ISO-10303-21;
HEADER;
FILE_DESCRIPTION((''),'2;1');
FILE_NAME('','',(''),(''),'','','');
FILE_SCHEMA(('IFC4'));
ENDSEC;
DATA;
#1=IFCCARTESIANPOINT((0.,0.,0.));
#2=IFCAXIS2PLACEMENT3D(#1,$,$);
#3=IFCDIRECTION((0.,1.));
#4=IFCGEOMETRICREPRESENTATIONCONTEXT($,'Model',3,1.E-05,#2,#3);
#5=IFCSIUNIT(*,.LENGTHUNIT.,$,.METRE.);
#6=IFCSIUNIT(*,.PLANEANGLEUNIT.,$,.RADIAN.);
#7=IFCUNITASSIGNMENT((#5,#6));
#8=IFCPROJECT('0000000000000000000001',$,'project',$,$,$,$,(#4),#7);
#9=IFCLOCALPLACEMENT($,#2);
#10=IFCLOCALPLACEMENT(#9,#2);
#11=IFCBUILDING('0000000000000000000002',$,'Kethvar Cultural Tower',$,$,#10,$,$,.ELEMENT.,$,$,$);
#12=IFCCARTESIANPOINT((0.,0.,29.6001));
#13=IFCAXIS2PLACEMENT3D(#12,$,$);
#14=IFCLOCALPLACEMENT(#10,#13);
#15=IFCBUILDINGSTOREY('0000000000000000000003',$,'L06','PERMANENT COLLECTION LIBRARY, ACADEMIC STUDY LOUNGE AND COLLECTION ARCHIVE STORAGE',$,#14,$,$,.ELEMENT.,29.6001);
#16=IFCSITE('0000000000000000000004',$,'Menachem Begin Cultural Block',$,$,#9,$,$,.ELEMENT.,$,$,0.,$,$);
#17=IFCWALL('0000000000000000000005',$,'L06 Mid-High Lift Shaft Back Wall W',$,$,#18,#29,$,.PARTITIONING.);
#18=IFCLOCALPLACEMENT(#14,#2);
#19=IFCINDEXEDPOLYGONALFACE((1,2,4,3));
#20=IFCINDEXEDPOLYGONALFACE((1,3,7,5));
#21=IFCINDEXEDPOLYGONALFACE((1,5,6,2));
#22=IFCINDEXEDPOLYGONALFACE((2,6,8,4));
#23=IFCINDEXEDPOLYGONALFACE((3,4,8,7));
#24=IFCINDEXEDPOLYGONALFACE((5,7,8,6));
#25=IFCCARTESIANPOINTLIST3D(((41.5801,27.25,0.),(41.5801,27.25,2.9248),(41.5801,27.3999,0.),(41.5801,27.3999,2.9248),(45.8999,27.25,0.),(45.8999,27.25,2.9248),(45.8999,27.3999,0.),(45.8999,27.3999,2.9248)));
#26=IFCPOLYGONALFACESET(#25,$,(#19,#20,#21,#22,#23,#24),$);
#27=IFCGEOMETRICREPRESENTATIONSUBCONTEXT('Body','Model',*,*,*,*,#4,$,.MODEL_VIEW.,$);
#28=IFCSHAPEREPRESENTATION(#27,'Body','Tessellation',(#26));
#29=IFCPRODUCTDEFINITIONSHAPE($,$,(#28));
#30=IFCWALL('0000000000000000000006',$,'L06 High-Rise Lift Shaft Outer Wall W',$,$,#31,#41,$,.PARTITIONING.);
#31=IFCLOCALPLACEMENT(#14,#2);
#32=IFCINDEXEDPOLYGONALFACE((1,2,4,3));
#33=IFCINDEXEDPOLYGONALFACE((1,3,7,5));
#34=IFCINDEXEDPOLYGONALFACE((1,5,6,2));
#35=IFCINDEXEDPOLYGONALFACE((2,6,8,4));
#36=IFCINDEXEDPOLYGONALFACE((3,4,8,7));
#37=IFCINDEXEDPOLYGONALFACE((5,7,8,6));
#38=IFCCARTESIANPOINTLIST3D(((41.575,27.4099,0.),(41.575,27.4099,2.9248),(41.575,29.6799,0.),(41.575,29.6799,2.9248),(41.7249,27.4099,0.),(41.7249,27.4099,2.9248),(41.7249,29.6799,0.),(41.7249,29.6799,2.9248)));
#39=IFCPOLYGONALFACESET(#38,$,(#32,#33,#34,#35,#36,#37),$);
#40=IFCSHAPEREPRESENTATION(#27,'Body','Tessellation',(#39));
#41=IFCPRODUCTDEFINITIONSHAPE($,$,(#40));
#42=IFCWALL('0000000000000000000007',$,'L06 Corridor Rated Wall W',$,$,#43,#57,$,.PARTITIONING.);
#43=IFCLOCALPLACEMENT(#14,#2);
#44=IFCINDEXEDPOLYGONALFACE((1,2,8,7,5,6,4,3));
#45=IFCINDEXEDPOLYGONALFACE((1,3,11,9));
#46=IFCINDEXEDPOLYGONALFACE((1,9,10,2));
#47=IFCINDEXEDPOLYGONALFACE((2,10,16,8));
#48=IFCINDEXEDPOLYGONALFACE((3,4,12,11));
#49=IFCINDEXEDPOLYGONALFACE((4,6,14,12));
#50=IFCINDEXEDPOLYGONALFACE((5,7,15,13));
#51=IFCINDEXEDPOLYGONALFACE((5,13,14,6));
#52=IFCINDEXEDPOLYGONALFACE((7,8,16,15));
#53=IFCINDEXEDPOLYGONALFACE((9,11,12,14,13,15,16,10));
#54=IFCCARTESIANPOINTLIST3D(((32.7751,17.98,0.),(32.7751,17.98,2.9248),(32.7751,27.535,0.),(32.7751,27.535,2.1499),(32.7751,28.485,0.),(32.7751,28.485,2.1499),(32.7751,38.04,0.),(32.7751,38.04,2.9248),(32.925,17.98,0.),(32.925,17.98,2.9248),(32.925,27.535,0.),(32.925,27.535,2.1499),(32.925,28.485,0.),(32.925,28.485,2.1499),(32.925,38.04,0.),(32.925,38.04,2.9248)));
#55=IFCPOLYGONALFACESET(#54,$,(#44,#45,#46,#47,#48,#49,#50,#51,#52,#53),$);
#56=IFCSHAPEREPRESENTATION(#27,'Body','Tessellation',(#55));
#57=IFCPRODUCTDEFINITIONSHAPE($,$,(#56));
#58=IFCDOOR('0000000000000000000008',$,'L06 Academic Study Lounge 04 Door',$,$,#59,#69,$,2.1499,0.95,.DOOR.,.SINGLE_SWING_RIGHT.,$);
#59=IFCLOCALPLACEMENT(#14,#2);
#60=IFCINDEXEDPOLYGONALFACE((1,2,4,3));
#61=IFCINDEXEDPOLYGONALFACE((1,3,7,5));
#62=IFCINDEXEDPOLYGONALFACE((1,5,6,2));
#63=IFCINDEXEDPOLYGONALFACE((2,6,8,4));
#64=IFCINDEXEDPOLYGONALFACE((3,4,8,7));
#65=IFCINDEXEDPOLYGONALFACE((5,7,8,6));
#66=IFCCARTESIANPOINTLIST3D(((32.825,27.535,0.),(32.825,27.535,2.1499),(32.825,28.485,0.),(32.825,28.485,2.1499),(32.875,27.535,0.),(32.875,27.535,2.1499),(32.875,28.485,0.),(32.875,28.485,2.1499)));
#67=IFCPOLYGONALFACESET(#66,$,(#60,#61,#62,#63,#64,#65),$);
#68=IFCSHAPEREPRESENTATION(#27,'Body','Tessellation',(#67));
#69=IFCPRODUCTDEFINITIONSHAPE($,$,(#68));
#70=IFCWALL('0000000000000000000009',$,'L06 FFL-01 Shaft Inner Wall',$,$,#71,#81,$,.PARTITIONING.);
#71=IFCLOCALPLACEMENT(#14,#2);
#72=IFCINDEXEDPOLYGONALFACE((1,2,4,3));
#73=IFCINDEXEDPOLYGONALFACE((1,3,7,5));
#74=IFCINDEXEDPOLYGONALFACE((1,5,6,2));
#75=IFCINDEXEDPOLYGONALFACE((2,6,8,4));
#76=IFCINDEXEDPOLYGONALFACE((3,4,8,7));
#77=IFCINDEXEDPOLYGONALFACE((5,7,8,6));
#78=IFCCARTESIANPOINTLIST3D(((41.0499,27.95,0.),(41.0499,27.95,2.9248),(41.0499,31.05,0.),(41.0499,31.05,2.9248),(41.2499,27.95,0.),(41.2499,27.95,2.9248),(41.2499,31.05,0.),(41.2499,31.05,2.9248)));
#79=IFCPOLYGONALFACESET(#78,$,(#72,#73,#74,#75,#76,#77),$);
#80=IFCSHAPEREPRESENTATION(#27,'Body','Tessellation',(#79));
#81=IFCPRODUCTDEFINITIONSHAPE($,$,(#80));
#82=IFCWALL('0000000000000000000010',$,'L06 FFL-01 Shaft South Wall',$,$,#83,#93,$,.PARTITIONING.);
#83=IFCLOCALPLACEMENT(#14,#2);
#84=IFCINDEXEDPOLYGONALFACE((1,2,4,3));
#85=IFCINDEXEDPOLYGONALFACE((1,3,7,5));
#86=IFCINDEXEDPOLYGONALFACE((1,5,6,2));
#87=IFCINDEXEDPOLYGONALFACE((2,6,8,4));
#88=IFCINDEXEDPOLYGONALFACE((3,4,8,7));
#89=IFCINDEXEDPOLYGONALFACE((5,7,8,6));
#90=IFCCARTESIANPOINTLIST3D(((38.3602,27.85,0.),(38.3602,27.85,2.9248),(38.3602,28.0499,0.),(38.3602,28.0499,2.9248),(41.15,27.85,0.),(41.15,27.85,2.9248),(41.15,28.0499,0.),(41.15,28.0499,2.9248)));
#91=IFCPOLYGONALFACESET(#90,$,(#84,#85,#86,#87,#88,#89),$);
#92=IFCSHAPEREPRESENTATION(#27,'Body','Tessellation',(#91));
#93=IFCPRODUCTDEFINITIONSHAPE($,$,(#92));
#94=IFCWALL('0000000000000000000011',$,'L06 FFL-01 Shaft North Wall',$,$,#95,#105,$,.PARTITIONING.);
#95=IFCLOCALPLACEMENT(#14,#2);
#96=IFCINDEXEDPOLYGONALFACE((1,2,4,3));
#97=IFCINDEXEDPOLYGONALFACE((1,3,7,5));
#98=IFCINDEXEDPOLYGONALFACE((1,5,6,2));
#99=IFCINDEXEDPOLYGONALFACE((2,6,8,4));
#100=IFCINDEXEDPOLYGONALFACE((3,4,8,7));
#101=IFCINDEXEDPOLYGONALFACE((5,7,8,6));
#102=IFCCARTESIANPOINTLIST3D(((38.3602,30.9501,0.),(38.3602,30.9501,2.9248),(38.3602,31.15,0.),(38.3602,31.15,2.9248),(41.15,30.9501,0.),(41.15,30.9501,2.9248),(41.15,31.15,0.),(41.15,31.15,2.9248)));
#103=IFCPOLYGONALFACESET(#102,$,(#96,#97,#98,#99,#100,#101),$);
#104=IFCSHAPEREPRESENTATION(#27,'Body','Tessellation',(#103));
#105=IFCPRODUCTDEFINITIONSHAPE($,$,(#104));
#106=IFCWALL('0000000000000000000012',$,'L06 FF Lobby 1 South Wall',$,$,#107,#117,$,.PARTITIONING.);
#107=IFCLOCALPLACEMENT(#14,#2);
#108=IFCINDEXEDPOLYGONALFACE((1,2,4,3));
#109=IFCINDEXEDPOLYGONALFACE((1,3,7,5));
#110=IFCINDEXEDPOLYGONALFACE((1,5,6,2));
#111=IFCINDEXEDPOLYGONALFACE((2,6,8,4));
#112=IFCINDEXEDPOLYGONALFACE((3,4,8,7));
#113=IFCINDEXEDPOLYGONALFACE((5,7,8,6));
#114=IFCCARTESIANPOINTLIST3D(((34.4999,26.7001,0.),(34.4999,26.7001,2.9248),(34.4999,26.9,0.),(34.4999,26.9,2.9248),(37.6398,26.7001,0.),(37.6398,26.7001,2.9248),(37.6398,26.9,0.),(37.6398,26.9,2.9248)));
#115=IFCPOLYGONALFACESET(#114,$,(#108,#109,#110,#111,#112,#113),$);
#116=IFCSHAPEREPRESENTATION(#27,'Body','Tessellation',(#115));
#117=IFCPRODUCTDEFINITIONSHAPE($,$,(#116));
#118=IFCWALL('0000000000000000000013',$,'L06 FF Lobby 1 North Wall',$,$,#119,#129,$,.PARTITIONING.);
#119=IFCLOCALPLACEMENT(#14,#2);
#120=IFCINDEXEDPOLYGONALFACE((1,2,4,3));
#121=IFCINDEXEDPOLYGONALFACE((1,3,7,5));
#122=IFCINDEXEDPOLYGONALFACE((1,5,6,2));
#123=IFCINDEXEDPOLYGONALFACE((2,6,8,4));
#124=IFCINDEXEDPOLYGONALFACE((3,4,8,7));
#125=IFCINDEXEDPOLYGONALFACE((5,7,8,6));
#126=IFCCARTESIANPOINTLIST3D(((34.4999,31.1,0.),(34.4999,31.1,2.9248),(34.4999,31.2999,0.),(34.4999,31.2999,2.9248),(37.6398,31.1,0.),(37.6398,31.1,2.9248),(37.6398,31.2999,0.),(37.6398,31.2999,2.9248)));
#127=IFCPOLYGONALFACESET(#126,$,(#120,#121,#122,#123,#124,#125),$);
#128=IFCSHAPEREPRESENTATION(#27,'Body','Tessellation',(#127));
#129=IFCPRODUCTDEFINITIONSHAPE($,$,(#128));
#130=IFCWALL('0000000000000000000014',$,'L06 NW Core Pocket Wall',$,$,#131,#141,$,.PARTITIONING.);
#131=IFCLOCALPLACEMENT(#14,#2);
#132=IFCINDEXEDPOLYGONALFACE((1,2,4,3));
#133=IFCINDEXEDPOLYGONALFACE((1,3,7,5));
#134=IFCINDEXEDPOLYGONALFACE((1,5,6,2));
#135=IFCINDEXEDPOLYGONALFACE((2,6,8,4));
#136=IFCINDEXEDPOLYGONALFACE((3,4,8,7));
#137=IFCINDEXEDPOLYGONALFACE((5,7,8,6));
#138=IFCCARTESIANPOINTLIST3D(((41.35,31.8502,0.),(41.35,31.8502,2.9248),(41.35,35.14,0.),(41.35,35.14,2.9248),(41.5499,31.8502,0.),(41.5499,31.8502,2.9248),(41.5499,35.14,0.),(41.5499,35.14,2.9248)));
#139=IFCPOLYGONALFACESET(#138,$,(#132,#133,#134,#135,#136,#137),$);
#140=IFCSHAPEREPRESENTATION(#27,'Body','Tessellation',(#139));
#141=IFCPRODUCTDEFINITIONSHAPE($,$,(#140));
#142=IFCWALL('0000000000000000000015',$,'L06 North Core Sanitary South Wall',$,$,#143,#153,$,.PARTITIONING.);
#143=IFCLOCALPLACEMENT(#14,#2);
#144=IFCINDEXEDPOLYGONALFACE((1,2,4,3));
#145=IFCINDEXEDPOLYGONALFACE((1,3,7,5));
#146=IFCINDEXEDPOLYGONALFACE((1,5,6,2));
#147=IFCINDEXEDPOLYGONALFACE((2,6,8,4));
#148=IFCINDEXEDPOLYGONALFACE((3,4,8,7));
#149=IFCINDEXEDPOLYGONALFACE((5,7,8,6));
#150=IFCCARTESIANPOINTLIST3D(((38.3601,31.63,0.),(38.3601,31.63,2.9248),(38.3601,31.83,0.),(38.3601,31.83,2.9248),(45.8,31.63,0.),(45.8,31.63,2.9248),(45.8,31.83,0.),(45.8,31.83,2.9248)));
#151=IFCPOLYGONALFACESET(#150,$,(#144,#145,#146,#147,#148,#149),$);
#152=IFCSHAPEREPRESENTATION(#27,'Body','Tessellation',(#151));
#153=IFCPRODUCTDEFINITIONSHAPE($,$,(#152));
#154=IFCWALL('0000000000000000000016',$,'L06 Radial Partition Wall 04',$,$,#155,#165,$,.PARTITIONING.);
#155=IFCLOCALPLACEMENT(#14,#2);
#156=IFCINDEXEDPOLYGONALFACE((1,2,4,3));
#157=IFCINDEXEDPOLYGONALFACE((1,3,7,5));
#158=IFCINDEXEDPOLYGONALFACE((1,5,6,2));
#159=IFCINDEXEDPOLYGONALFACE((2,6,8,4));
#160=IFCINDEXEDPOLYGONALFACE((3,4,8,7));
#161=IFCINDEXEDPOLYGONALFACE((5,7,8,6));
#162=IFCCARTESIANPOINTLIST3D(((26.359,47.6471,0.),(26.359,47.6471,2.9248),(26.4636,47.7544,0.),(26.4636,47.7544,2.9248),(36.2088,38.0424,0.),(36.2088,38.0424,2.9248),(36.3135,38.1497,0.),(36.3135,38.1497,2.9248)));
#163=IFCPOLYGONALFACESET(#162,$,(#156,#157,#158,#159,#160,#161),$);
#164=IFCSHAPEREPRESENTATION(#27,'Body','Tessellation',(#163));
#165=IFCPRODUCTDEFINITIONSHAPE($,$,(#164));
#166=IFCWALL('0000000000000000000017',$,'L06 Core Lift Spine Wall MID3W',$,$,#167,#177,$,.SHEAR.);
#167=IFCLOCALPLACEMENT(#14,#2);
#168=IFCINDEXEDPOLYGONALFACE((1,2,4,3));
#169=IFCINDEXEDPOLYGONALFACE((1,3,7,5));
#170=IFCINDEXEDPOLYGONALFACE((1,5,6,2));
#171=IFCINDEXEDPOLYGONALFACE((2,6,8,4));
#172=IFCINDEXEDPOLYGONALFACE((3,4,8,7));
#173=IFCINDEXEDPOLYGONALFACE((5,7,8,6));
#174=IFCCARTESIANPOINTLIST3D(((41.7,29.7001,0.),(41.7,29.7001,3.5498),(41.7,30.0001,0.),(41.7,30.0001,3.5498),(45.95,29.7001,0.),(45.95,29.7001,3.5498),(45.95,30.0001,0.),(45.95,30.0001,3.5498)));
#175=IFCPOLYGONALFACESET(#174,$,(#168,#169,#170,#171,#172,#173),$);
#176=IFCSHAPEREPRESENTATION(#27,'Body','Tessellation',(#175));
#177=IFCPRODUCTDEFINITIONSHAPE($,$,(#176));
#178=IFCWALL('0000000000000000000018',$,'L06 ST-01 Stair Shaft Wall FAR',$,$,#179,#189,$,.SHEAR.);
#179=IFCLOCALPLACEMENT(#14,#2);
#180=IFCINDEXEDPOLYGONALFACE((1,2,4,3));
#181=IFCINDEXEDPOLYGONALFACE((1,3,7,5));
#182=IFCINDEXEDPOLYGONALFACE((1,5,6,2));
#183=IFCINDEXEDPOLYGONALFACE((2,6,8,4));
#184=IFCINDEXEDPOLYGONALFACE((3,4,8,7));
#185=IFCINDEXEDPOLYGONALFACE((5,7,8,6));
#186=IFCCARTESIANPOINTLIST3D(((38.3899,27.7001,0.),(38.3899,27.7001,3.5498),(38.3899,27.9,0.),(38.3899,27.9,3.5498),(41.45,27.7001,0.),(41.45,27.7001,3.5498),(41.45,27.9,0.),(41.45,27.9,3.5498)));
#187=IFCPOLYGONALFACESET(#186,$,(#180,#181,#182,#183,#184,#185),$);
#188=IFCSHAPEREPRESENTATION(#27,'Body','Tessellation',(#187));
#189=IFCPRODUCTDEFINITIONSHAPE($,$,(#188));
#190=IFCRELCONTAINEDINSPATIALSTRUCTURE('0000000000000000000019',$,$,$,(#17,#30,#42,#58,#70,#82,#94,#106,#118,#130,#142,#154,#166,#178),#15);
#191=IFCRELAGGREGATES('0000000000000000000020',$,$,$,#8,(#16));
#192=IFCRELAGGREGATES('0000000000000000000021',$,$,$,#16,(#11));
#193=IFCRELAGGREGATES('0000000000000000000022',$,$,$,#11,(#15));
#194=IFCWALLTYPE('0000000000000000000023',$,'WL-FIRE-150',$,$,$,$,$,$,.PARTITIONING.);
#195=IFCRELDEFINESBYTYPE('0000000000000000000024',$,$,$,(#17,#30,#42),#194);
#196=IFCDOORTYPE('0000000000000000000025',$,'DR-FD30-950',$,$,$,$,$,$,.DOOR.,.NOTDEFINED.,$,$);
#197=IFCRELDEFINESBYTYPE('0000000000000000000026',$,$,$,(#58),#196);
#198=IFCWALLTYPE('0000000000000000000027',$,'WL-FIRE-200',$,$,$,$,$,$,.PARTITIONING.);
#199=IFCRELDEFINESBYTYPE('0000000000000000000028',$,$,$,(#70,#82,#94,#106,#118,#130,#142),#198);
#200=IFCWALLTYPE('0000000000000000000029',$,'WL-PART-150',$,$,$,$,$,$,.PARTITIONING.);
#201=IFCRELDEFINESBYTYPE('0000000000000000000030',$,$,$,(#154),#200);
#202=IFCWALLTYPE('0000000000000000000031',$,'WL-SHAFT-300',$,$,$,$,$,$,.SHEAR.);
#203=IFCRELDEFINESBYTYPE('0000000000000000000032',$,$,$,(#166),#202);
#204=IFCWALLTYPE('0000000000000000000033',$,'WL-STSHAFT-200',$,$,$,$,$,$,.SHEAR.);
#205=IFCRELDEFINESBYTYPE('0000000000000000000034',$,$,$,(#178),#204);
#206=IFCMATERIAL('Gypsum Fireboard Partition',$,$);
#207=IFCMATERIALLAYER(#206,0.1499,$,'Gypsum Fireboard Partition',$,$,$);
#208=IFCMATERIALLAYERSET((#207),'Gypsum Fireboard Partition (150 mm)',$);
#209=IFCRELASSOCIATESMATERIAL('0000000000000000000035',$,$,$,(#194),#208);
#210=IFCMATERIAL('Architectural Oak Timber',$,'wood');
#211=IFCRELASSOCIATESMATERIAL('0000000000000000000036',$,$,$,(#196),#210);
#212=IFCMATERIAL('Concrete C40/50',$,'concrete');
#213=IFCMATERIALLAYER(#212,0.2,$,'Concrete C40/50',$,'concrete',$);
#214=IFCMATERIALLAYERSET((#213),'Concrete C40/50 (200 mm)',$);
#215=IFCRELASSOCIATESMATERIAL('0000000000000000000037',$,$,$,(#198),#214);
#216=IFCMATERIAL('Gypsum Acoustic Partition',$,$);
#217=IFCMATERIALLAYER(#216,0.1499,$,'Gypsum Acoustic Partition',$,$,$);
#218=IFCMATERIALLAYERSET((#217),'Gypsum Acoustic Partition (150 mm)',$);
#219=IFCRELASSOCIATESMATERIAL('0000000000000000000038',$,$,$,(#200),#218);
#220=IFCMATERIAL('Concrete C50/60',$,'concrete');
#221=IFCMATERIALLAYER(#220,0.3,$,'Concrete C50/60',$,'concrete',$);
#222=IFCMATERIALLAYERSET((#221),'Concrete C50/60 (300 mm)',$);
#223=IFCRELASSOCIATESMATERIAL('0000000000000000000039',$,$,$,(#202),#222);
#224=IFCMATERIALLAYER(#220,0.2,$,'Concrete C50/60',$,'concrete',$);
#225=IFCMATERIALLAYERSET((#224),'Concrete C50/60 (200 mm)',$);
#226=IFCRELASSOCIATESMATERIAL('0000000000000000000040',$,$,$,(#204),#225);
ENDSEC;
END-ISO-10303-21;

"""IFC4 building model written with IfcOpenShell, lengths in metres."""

from ifc_helpers import new_model, si_unit, direction, frame, frame_2d, origin, place, context, subcontext, project, spatial, rectangle, extrude, source, transform, mapped, material, layer, layer_set, type_object, element, fill, save


model = new_model("IFC4")

# Units and contexts
model_context = context("Model", 3, precision=1e-05, world=origin(), true_north=direction((0.0, 1.0)))
body_context = subcontext(model_context, "Body", "Model", "MODEL_VIEW")
ifc_project = project(units=[si_unit("LENGTHUNIT", "METRE"), si_unit("PLANEANGLEUNIT", "RADIAN")], contexts=[model_context])

# Site, building, storey
site_placement = place(None, origin())
site = spatial("IfcSite", under=ifc_project, at=site_placement, Name="Menachem Begin Cultural Block", CompositionType="ELEMENT", RefElevation=0.0)
building_placement = place(site_placement, origin())
building = spatial("IfcBuilding", under=site, at=building_placement, Name="Kethvar Cultural Tower", CompositionType="ELEMENT")
storey_placement = place(building_placement, frame((0.0, 0.0, 29.6001)))
storey = spatial("IfcBuildingStorey", under=building, at=storey_placement, Name="L06", Description="PERMANENT COLLECTION LIBRARY, ACADEMIC STUDY LOUNGE AND COLLECTION ARCHIVE STORAGE", CompositionType="ELEMENT", Elevation=29.6001)

# Walls
ifc_material_1 = material(Name="Gypsum Fireboard Partition")
ifc_layer_1 = layer(ifc_material_1, 0.1499, Name="Gypsum Fireboard Partition")
ifc_layer_set_1 = layer_set([ifc_layer_1], Name="Gypsum Fireboard Partition (150 mm)")
wall_type_1 = type_object("IfcWallType", Name="WL-FIRE-150", PredefinedType="PARTITIONING", material=ifc_layer_set_1)
wall_1_placement = place(storey_placement, frame((41.5801, 27.325, 0.0), z_axis=(0.0, 0.0, 1.0), x_axis=(1.0, 0.0, 0.0)))
element("IfcWall", 1, at=wall_1_placement, inside=storey, type_object=wall_type_1, Name="L06 Mid-High Lift Shaft Back Wall W", PredefinedType="PARTITIONING", context=body_context, shape_type="SweptSolid", body=[
    extrude(rectangle(XDim=4.3198, YDim=0.1499, at=frame_2d((2.1599, 0.0))), origin(), (0.0, 0.0, 1.0), 2.9248),
])
wall_2_placement = place(storey_placement, frame((41.6499, 27.4099, 0.0), z_axis=(0.0, 0.0, 1.0), x_axis=(0.0, 1.0, 0.0)))
element("IfcWall", 2, at=wall_2_placement, inside=storey, type_object=wall_type_1, Name="L06 High-Rise Lift Shaft Outer Wall W", PredefinedType="PARTITIONING", context=body_context, shape_type="SweptSolid", body=[
    extrude(rectangle(XDim=2.27, YDim=0.1499, at=frame_2d((1.135, 0.0))), origin(), (0.0, 0.0, 1.0), 2.9248),
])

# Wall, opening, door
wall_3_placement = place(storey_placement, frame((32.8501, 38.04, 0.0), z_axis=(0.0, 0.0, 1.0), x_axis=(0.0, -1.0, 0.0)))
wall_3 = element("IfcWall", 3, at=wall_3_placement, inside=storey, type_object=wall_type_1, Name="L06 Corridor Rated Wall W", PredefinedType="PARTITIONING", context=body_context, shape_type="SweptSolid", body=[
    extrude(rectangle(XDim=20.0601, YDim=0.1499, at=frame_2d((10.03, 0.0))), origin(), (0.0, 0.0, 1.0), 2.9248),
])
opening_1_placement = place(wall_3_placement, frame((9.5549, 0.0, 0.0)))
opening_1 = element("IfcOpeningElement", 4, at=opening_1_placement, cuts=wall_3, PredefinedType="OPENING", context=body_context, shape_type="SweptSolid", body=[
    extrude(rectangle(XDim=0.95, YDim=2.1499, at=frame_2d((0.4751, 1.075))), frame((0.0, 0.085, 0.0), z_axis=(0.0, -1.0, 0.0), x_axis=(1.0, 0.0, 0.0)), (0.0, 0.0, 1.0), 0.1699),
])
ifc_material_2 = material(Name="Architectural Oak Timber", Category="wood")
door_type_1 = type_object("IfcDoorType", Name="DR-FD30-950", OperationType="NOTDEFINED", PredefinedType="DOOR", material=ifc_material_2)
shared_shape_1 = source(origin(), body_context, "Body", "SweptSolid", [
    extrude(rectangle(XDim=0.95, YDim=2.1499, at=frame_2d((0.4751, 1.075))), frame((0.0, 0.0249, 0.0), z_axis=(0.0, -1.0, 0.0), x_axis=(1.0, 0.0, 0.0)), (0.0, 0.0, 1.0), 0.05),
])
door_1_placement = place(opening_1_placement, origin())
door_1 = element("IfcDoor", 5, at=door_1_placement, inside=storey, type_object=door_type_1, Name="L06 Academic Study Lounge 04 Door", OperationType="SINGLE_SWING_RIGHT", OverallHeight=2.1499, OverallWidth=0.95, PredefinedType="DOOR", context=body_context, shape_type="MappedRepresentation", body=[
    mapped(shared_shape_1, transform((0.0, 0.0, 0.0), scale=1.0)),
])
fill(opening_1, door_1)

# Walls
ifc_material_3 = material(Name="Concrete C40/50", Category="concrete")
ifc_layer_2 = layer(ifc_material_3, 0.2, Name="Concrete C40/50", Category="concrete")
ifc_layer_set_2 = layer_set([ifc_layer_2], Name="Concrete C40/50 (200 mm)")
wall_type_2 = type_object("IfcWallType", Name="WL-FIRE-200", PredefinedType="PARTITIONING", material=ifc_layer_set_2)
wall_4_placement = place(storey_placement, frame((41.1499, 27.95, 0.0), z_axis=(0.0, 0.0, 1.0), x_axis=(0.0, 1.0, 0.0)))
element("IfcWall", 6, at=wall_4_placement, inside=storey, type_object=wall_type_2, Name="L06 FFL-01 Shaft Inner Wall", PredefinedType="PARTITIONING", context=body_context, shape_type="SweptSolid", body=[
    extrude(rectangle(XDim=3.1001, YDim=0.2, at=frame_2d((1.55, 0.0))), origin(), (0.0, 0.0, 1.0), 2.9248),
])
for number, where, z_axis, x_axis, name in (
    (7, (38.3601, 27.95, 0.0), (0.0, 0.0, 1.0), (1.0, 0.0, 0.0), "L06 FFL-01 Shaft South Wall"),
    (8, (38.3601, 31.05, 0.0), (0.0, 0.0, 1.0), (1.0, 0.0, 0.0), "L06 FFL-01 Shaft North Wall"),
):
    element("IfcWall", number, at=place(storey_placement, frame(where, z_axis=z_axis, x_axis=x_axis)), inside=storey, type_object=wall_type_2, Name=name, PredefinedType="PARTITIONING", context=body_context, shape_type="SweptSolid", body=[
        extrude(rectangle(XDim=2.7898, YDim=0.2, at=frame_2d((1.395, 0.0))), origin(), (0.0, 0.0, 1.0), 2.9248),
    ])

# Walls
for number, where, z_axis, x_axis, name in (
    (9, (34.5, 26.8, 0.0), (0.0, 0.0, 1.0), (1.0, 0.0, 0.0), "L06 FF Lobby 1 South Wall"),
    (10, (34.5, 31.2, 0.0), (0.0, 0.0, 1.0), (1.0, 0.0, 0.0), "L06 FF Lobby 1 North Wall"),
):
    element("IfcWall", number, at=place(storey_placement, frame(where, z_axis=z_axis, x_axis=x_axis)), inside=storey, type_object=wall_type_2, Name=name, PredefinedType="PARTITIONING", context=body_context, shape_type="SweptSolid", body=[
        extrude(rectangle(XDim=3.1399, YDim=0.2, at=frame_2d((1.5698, 0.0))), origin(), (0.0, 0.0, 1.0), 2.9248),
    ])
wall_5_placement = place(storey_placement, frame((41.45, 31.8501, 0.0), z_axis=(0.0, 0.0, 1.0), x_axis=(0.0, 1.0, 0.0)))
element("IfcWall", 11, at=wall_5_placement, inside=storey, type_object=wall_type_2, Name="L06 NW Core Pocket Wall", PredefinedType="PARTITIONING", context=body_context, shape_type="SweptSolid", body=[
    extrude(rectangle(XDim=3.2898, YDim=0.2, at=frame_2d((1.645, 0.0))), origin(), (0.0, 0.0, 1.0), 2.9248),
])
wall_6_placement = place(storey_placement, frame((38.3601, 31.73, 0.0), z_axis=(0.0, 0.0, 1.0), x_axis=(1.0, 0.0, 0.0)))
element("IfcWall", 12, at=wall_6_placement, inside=storey, type_object=wall_type_2, Name="L06 North Core Sanitary South Wall", PredefinedType="PARTITIONING", context=body_context, shape_type="SweptSolid", body=[
    extrude(rectangle(XDim=7.4399, YDim=0.2, at=frame_2d((3.72, 0.0))), origin(), (0.0, 0.0, 1.0), 2.9248),
])
ifc_material_4 = material(Name="Gypsum Acoustic Partition")
ifc_layer_3 = layer(ifc_material_4, 0.1499, Name="Gypsum Acoustic Partition")
ifc_layer_set_3 = layer_set([ifc_layer_3], Name="Gypsum Acoustic Partition (150 mm)")
wall_type_3 = type_object("IfcWallType", Name="WL-PART-150", PredefinedType="PARTITIONING", material=ifc_layer_set_3)
wall_7_placement = place(storey_placement, frame((36.2612, 38.0959, 0.0), z_axis=(0.0, 0.0, 1.0), x_axis=(-0.715959, 0.698142, 0.0)))
element("IfcWall", 13, at=wall_7_placement, inside=storey, type_object=wall_type_3, Name="L06 Radial Partition Wall 04", PredefinedType="PARTITIONING", context=body_context, shape_type="SweptSolid", body=[
    extrude(rectangle(XDim=13.7576, YDim=0.1499, at=frame_2d((6.8789, 0.0))), origin(), (0.0, 0.0, 1.0), 2.9248),
])
ifc_material_5 = material(Name="Concrete C50/60", Category="concrete")
ifc_layer_4 = layer(ifc_material_5, 0.3, Name="Concrete C50/60", Category="concrete")
ifc_layer_set_4 = layer_set([ifc_layer_4], Name="Concrete C50/60 (300 mm)")
wall_type_4 = type_object("IfcWallType", Name="WL-SHAFT-300", PredefinedType="SHEAR", material=ifc_layer_set_4)
wall_8_placement = place(storey_placement, frame((41.7, 29.8501, 0.0), z_axis=(0.0, 0.0, 1.0), x_axis=(1.0, 0.0, 0.0)))
element("IfcWall", 14, at=wall_8_placement, inside=storey, type_object=wall_type_4, Name="L06 Core Lift Spine Wall MID3W", PredefinedType="SHEAR", context=body_context, shape_type="SweptSolid", body=[
    extrude(rectangle(XDim=4.25, YDim=0.3, at=frame_2d((2.125, 0.0))), origin(), (0.0, 0.0, 1.0), 3.5498),
])
ifc_layer_5 = layer(ifc_material_5, 0.2, Name="Concrete C50/60", Category="concrete")
ifc_layer_set_5 = layer_set([ifc_layer_5], Name="Concrete C50/60 (200 mm)")
wall_type_5 = type_object("IfcWallType", Name="WL-STSHAFT-200", PredefinedType="SHEAR", material=ifc_layer_set_5)
wall_9_placement = place(storey_placement, frame((38.3899, 27.8, 0.0), z_axis=(0.0, 0.0, 1.0), x_axis=(1.0, 0.0, 0.0)))
element("IfcWall", 15, at=wall_9_placement, inside=storey, type_object=wall_type_5, Name="L06 ST-01 Stair Shaft Wall FAR", PredefinedType="SHEAR", context=body_context, shape_type="SweptSolid", body=[
    extrude(rectangle(XDim=3.0601, YDim=0.2, at=frame_2d((1.53, 0.0))), origin(), (0.0, 0.0, 1.0), 3.5498),
])

save(model, "model.ifc")
